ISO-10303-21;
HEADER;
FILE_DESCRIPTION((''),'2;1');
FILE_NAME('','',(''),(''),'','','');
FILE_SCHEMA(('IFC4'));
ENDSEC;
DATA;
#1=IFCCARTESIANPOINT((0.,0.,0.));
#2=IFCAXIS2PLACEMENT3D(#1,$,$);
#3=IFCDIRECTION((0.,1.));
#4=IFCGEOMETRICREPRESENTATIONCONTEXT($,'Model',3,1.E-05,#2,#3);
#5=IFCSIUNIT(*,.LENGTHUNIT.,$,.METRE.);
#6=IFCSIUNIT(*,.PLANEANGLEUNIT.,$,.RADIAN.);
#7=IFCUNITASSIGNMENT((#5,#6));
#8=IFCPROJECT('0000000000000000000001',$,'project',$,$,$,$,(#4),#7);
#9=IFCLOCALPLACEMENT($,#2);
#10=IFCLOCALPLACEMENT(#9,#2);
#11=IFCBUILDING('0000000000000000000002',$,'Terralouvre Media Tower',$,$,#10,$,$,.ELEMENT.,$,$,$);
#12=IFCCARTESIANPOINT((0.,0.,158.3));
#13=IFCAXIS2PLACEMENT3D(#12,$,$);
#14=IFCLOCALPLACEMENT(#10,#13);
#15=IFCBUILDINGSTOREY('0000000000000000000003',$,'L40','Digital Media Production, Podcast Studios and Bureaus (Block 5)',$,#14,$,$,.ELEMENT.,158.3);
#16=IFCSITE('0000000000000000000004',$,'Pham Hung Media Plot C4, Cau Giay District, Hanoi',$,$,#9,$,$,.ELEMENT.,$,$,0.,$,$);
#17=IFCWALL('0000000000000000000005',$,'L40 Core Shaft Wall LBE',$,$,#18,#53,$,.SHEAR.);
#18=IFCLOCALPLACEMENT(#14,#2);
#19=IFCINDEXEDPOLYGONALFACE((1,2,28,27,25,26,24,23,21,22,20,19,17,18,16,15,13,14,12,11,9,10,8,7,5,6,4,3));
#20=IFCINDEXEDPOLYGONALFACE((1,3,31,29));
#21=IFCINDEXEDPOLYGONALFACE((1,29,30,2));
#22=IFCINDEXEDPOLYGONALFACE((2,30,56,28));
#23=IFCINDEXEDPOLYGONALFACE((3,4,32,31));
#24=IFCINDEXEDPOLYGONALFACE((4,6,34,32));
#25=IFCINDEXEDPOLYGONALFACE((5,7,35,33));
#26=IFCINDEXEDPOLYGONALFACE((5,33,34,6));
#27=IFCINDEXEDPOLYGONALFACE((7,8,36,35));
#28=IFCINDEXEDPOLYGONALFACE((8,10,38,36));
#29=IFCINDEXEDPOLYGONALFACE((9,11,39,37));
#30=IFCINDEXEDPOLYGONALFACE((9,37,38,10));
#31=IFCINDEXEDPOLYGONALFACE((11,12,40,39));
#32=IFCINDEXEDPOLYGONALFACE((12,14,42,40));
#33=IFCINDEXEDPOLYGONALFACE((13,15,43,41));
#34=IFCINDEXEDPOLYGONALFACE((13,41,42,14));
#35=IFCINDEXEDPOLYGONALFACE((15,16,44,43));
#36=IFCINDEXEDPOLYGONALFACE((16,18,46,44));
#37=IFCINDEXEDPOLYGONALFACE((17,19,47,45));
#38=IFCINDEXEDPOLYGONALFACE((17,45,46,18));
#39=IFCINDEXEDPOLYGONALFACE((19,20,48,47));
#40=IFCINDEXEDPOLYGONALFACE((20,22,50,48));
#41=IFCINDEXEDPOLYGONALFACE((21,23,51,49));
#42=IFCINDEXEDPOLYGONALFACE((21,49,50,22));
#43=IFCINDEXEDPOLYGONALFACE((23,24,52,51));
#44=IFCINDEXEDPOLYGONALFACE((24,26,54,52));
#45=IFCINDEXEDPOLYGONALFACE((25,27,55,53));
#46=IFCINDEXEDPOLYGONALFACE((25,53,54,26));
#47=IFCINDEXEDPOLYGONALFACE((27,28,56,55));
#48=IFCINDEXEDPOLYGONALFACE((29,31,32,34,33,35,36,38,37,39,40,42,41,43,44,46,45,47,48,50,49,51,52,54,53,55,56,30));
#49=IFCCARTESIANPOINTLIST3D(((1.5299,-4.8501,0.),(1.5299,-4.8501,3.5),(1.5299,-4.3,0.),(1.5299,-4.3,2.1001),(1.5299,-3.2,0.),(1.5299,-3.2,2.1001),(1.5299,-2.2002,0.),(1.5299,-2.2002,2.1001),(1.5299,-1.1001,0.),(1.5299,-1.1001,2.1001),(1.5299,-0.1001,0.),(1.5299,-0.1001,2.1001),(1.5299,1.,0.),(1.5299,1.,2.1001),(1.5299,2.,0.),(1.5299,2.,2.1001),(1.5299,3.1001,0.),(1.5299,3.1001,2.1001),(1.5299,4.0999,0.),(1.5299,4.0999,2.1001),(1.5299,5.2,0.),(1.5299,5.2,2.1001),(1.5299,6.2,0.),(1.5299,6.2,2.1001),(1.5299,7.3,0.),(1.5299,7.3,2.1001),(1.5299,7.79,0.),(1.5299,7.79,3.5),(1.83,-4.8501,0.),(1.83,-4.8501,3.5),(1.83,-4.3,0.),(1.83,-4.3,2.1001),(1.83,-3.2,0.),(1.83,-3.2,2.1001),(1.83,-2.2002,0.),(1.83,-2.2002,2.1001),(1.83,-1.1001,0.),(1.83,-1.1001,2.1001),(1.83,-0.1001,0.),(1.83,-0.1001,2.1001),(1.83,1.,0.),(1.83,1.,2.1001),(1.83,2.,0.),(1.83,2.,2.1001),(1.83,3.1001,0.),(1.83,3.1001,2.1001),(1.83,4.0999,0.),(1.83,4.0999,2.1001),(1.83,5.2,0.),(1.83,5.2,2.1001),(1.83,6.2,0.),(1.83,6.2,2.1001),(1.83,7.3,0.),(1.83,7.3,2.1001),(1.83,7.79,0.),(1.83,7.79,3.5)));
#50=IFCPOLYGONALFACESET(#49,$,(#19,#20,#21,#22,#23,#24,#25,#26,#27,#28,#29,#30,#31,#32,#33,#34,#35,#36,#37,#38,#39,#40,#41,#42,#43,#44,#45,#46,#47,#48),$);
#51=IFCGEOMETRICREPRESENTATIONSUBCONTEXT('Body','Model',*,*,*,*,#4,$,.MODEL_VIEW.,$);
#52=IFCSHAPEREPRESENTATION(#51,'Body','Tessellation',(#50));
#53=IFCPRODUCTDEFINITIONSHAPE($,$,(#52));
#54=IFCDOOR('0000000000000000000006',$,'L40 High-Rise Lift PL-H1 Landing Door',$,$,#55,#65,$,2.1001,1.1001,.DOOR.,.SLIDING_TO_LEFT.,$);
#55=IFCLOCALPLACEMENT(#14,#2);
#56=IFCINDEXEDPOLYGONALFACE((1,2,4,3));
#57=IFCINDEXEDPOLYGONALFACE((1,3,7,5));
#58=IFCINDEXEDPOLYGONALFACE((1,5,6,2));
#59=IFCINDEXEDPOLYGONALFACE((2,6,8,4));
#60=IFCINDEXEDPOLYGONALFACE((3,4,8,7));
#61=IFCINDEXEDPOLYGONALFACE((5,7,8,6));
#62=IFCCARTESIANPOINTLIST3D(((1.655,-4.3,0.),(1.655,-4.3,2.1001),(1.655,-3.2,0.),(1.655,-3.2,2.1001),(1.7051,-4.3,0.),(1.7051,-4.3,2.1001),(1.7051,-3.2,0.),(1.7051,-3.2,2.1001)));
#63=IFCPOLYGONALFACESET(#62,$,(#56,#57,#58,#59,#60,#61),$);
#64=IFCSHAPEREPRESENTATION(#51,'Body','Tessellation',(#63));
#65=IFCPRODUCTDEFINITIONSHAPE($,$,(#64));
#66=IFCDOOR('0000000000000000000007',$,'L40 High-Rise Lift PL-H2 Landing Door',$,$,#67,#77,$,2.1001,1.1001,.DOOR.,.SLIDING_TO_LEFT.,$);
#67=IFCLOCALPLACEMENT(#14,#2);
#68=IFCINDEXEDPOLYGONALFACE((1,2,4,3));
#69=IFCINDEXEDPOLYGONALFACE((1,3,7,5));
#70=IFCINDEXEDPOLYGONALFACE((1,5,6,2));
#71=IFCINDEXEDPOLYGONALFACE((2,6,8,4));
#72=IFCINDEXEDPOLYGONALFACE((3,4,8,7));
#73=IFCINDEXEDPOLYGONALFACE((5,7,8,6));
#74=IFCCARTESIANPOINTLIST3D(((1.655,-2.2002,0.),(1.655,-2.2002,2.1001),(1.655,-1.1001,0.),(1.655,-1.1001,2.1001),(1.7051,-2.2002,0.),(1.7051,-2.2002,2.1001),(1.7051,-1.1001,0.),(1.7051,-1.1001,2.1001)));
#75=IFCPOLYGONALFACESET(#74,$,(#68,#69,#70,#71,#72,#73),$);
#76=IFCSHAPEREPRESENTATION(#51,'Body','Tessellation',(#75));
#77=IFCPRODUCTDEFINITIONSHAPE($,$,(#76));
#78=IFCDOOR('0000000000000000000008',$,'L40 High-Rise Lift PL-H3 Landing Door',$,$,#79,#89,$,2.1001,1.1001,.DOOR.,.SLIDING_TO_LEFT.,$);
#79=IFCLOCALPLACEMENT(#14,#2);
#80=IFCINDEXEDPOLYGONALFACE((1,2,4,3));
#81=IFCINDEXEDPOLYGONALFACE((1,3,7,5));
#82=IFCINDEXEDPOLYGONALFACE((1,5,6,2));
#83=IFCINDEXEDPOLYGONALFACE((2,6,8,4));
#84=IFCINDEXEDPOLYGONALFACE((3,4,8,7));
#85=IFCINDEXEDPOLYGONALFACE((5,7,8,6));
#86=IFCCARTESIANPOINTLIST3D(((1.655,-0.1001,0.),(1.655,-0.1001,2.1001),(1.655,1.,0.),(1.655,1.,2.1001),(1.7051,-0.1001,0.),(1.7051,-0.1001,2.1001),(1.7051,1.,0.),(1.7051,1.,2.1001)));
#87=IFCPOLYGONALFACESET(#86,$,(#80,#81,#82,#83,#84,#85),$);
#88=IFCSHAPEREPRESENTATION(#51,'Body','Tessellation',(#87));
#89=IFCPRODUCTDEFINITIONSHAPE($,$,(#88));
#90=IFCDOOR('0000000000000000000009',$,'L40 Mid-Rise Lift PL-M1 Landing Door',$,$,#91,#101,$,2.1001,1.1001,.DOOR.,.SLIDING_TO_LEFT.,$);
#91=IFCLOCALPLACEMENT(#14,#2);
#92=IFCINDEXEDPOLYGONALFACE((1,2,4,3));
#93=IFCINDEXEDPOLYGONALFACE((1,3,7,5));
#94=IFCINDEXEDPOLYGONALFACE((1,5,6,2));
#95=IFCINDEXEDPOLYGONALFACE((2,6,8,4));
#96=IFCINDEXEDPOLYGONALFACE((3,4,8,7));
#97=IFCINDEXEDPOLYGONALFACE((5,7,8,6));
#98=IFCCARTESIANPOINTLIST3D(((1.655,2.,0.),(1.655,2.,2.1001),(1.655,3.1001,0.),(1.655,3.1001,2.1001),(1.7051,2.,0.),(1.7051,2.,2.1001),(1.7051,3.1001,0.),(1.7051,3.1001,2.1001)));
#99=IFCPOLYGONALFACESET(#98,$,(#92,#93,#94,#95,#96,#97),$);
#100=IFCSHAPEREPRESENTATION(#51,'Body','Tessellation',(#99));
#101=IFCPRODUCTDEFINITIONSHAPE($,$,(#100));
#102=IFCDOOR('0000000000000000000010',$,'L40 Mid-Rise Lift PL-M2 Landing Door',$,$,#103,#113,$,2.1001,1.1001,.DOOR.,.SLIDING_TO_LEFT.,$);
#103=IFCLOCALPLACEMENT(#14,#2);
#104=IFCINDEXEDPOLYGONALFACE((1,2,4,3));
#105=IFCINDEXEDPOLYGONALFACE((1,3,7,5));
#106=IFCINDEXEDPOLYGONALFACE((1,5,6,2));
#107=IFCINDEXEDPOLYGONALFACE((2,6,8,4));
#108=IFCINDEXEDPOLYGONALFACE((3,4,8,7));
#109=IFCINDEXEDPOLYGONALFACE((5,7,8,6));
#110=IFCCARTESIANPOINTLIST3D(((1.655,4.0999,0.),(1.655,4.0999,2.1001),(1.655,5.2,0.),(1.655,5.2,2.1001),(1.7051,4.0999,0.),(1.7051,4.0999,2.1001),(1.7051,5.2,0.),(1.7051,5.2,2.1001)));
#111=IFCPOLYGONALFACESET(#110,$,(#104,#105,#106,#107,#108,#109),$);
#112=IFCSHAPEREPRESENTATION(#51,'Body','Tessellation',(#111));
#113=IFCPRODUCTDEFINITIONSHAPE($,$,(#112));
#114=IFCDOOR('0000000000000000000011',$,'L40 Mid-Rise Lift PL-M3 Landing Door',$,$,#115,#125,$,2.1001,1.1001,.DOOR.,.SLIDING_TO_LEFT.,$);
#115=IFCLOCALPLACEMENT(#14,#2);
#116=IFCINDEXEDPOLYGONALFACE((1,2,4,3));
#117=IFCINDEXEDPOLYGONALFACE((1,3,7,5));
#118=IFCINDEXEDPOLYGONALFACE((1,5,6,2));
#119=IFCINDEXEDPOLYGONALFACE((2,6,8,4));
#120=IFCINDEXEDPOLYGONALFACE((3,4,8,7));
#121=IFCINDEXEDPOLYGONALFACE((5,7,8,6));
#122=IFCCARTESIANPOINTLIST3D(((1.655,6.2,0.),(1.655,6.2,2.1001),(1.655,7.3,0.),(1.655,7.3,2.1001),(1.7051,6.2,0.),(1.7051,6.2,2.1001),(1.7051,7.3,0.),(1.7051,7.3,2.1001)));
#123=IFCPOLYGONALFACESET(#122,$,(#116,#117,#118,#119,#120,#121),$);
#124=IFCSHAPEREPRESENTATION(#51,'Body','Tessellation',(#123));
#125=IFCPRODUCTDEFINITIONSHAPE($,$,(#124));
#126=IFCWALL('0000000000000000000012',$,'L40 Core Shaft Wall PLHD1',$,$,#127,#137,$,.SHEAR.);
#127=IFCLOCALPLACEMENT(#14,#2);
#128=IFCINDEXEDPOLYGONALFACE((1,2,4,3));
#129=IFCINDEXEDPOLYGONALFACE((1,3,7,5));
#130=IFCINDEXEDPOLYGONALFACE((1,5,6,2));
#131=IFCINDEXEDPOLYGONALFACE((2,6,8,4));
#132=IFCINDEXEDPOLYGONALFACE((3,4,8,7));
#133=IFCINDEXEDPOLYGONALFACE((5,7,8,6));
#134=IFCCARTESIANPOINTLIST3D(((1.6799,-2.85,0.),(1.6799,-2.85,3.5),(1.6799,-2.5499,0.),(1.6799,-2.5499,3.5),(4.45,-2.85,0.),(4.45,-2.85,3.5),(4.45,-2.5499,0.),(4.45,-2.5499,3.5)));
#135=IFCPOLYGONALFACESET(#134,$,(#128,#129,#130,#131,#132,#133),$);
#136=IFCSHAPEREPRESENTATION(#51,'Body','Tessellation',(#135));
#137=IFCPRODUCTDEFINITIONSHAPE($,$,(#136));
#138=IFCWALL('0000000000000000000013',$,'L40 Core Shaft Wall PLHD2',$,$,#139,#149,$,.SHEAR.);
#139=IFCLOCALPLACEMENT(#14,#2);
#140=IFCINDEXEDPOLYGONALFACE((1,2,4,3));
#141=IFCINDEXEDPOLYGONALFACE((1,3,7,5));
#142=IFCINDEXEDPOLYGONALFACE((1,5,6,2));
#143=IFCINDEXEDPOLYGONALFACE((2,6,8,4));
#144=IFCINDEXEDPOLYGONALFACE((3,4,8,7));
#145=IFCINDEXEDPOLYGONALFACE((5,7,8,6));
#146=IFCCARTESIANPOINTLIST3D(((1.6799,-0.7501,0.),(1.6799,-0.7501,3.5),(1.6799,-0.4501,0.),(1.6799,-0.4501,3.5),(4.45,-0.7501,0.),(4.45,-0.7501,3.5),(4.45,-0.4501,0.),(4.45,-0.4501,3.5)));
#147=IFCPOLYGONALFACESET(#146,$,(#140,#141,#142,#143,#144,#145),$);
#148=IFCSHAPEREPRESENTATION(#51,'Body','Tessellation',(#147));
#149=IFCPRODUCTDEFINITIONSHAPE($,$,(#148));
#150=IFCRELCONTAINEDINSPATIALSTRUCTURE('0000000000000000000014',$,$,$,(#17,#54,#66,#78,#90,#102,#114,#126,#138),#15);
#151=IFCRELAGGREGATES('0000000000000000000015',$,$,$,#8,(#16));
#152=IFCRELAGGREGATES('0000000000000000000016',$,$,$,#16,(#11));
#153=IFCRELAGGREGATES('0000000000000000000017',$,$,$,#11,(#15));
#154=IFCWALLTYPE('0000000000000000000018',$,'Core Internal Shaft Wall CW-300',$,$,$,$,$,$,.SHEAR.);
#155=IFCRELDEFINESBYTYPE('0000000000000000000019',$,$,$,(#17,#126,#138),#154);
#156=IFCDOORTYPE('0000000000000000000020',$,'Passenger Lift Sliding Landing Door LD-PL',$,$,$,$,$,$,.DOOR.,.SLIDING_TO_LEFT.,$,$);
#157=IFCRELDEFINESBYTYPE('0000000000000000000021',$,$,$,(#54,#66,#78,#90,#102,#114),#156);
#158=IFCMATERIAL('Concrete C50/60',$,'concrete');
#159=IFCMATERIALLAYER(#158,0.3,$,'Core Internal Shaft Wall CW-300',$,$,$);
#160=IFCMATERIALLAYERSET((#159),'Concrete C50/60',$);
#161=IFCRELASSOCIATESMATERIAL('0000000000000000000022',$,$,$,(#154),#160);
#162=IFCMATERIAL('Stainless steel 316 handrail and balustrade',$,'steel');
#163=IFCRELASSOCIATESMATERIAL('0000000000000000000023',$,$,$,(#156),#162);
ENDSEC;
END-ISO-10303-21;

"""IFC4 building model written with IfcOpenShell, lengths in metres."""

from ifc_helpers import new_model, si_unit, direction, frame, frame_2d, origin, place, context, subcontext, project, spatial, rectangle, extrude, material, layer, layer_set, type_object, element, fill, save


model = new_model("IFC4")

# Units and contexts
model_context = context("Model", 3, precision=1e-05, world=origin(), true_north=direction((0.0, 1.0)))
body_context = subcontext(model_context, "Body", "Model", "MODEL_VIEW")
ifc_project = project(units=[si_unit("LENGTHUNIT", "METRE"), si_unit("PLANEANGLEUNIT", "RADIAN")], contexts=[model_context])

# Site, building, storey
site_placement = place(None, origin())
site = spatial("IfcSite", under=ifc_project, at=site_placement, Name="Pham Hung Media Plot C4, Cau Giay District, Hanoi", CompositionType="ELEMENT", RefElevation=0.0)
building_placement = place(site_placement, origin())
building = spatial("IfcBuilding", under=site, at=building_placement, Name="Terralouvre Media Tower", CompositionType="ELEMENT")
storey_placement = place(building_placement, frame((0.0, 0.0, 158.3)))
storey = spatial("IfcBuildingStorey", under=building, at=storey_placement, Name="L40", Description="Digital Media Production, Podcast Studios and Bureaus (Block 5)", CompositionType="ELEMENT", Elevation=158.3)

# Shared definitions
ifc_material_1 = material(Name="Concrete C50/60", Category="concrete")
ifc_layer_1 = layer(ifc_material_1, 0.3, Name="Core Internal Shaft Wall CW-300")
ifc_layer_set_1 = layer_set([ifc_layer_1], Name="Concrete C50/60")
wall_type_1 = type_object("IfcWallType", Name="Core Internal Shaft Wall CW-300", PredefinedType="SHEAR", material=ifc_layer_set_1)

# Wall, openings, doors
wall_1_placement = place(storey_placement, frame((1.6799, -4.8501, 0.0), z_axis=(0.0, 0.0, 1.0), x_axis=(0.0, 1.0, 0.0)))
wall_1 = element("IfcWall", 1, at=wall_1_placement, inside=storey, type_object=wall_type_1, Name="L40 Core Shaft Wall LBE", PredefinedType="SHEAR", context=body_context, shape_type="SweptSolid", body=[
    extrude(rectangle(XDim=12.6401, YDim=0.3, at=frame_2d((6.3201, 0.0))), origin(), (0.0, 0.0, 1.0), 3.5),
])
opening_1_placement = place(wall_1_placement, frame((0.55, 0.0, 0.0)))
opening_1 = element("IfcOpeningElement", 2, at=opening_1_placement, cuts=wall_1, PredefinedType="OPENING", context=body_context, shape_type="SweptSolid", body=[
    extrude(rectangle(XDim=1.1001, YDim=2.1001, at=frame_2d((0.55, 1.05))), frame((0.0, 0.1599, 0.0), z_axis=(0.0, -1.0, 0.0), x_axis=(1.0, 0.0, 0.0)), (0.0, 0.0, 1.0), 0.3201),
])
opening_2_placement = place(wall_1_placement, frame((2.6499, 0.0, 0.0)))
opening_2 = element("IfcOpeningElement", 3, at=opening_2_placement, cuts=wall_1, PredefinedType="OPENING", context=body_context, shape_type="SweptSolid", body=[
    extrude(rectangle(XDim=1.1001, YDim=2.1001, at=frame_2d((0.55, 1.05))), frame((0.0, 0.1599, 0.0), z_axis=(0.0, -1.0, 0.0), x_axis=(1.0, 0.0, 0.0)), (0.0, 0.0, 1.0), 0.3201),
])
opening_3_placement = place(wall_1_placement, frame((4.75, 0.0, 0.0)))
opening_3 = element("IfcOpeningElement", 4, at=opening_3_placement, cuts=wall_1, PredefinedType="OPENING", context=body_context, shape_type="SweptSolid", body=[
    extrude(rectangle(XDim=1.1001, YDim=2.1001, at=frame_2d((0.55, 1.05))), frame((0.0, 0.1599, 0.0), z_axis=(0.0, -1.0, 0.0), x_axis=(1.0, 0.0, 0.0)), (0.0, 0.0, 1.0), 0.3201),
])
opening_4_placement = place(wall_1_placement, frame((6.8501, 0.0, 0.0)))
opening_4 = element("IfcOpeningElement", 5, at=opening_4_placement, cuts=wall_1, PredefinedType="OPENING", context=body_context, shape_type="SweptSolid", body=[
    extrude(rectangle(XDim=1.1001, YDim=2.1001, at=frame_2d((0.55, 1.05))), frame((0.0, 0.1599, 0.0), z_axis=(0.0, -1.0, 0.0), x_axis=(1.0, 0.0, 0.0)), (0.0, 0.0, 1.0), 0.3201),
])
opening_5_placement = place(wall_1_placement, frame((8.95, 0.0, 0.0)))
opening_5 = element("IfcOpeningElement", 6, at=opening_5_placement, cuts=wall_1, PredefinedType="OPENING", context=body_context, shape_type="SweptSolid", body=[
    extrude(rectangle(XDim=1.1001, YDim=2.1001, at=frame_2d((0.55, 1.05))), frame((0.0, 0.1599, 0.0), z_axis=(0.0, -1.0, 0.0), x_axis=(1.0, 0.0, 0.0)), (0.0, 0.0, 1.0), 0.3201),
])
opening_6_placement = place(wall_1_placement, frame((11.05, 0.0, 0.0)))
opening_6 = element("IfcOpeningElement", 7, at=opening_6_placement, cuts=wall_1, PredefinedType="OPENING", context=body_context, shape_type="SweptSolid", body=[
    extrude(rectangle(XDim=1.1001, YDim=2.1001, at=frame_2d((0.55, 1.05))), frame((0.0, 0.1599, 0.0), z_axis=(0.0, -1.0, 0.0), x_axis=(1.0, 0.0, 0.0)), (0.0, 0.0, 1.0), 0.3201),
])
ifc_material_2 = material(Name="Stainless steel 316 handrail and balustrade", Category="steel")
door_type_1 = type_object("IfcDoorType", Name="Passenger Lift Sliding Landing Door LD-PL", OperationType="SLIDING_TO_LEFT", PredefinedType="DOOR", material=ifc_material_2)
door_1_placement = place(opening_1_placement, origin())
door_1 = element("IfcDoor", 8, at=door_1_placement, inside=storey, type_object=door_type_1, Name="L40 High-Rise Lift PL-H1 Landing Door", OperationType="SLIDING_TO_LEFT", OverallHeight=2.1001, OverallWidth=1.1001, PredefinedType="DOOR", context=body_context, shape_type="SweptSolid", body=[
    extrude(rectangle(XDim=1.1001, YDim=2.1001, at=frame_2d((0.55, 1.05))), frame((0.0, 0.0249, 0.0), z_axis=(0.0, -1.0, 0.0), x_axis=(1.0, 0.0, 0.0)), (0.0, 0.0, 1.0), 0.05),
])
fill(opening_1, door_1)
door_2_placement = place(opening_2_placement, origin())
door_2 = element("IfcDoor", 9, at=door_2_placement, inside=storey, type_object=door_type_1, Name="L40 High-Rise Lift PL-H2 Landing Door", OperationType="SLIDING_TO_LEFT", OverallHeight=2.1001, OverallWidth=1.1001, PredefinedType="DOOR", context=body_context, shape_type="SweptSolid", body=[
    extrude(rectangle(XDim=1.1001, YDim=2.1001, at=frame_2d((0.55, 1.05))), frame((0.0, 0.0249, 0.0), z_axis=(0.0, -1.0, 0.0), x_axis=(1.0, 0.0, 0.0)), (0.0, 0.0, 1.0), 0.05),
])
fill(opening_2, door_2)
door_3_placement = place(opening_3_placement, origin())
door_3 = element("IfcDoor", 10, at=door_3_placement, inside=storey, type_object=door_type_1, Name="L40 High-Rise Lift PL-H3 Landing Door", OperationType="SLIDING_TO_LEFT", OverallHeight=2.1001, OverallWidth=1.1001, PredefinedType="DOOR", context=body_context, shape_type="SweptSolid", body=[
    extrude(rectangle(XDim=1.1001, YDim=2.1001, at=frame_2d((0.55, 1.05))), frame((0.0, 0.0249, 0.0), z_axis=(0.0, -1.0, 0.0), x_axis=(1.0, 0.0, 0.0)), (0.0, 0.0, 1.0), 0.05),
])
fill(opening_3, door_3)
door_4_placement = place(opening_4_placement, origin())
door_4 = element("IfcDoor", 11, at=door_4_placement, inside=storey, type_object=door_type_1, Name="L40 Mid-Rise Lift PL-M1 Landing Door", OperationType="SLIDING_TO_LEFT", OverallHeight=2.1001, OverallWidth=1.1001, PredefinedType="DOOR", context=body_context, shape_type="SweptSolid", body=[
    extrude(rectangle(XDim=1.1001, YDim=2.1001, at=frame_2d((0.55, 1.05))), frame((0.0, 0.0249, 0.0), z_axis=(0.0, -1.0, 0.0), x_axis=(1.0, 0.0, 0.0)), (0.0, 0.0, 1.0), 0.05),
])
fill(opening_4, door_4)
door_5_placement = place(opening_5_placement, origin())
door_5 = element("IfcDoor", 12, at=door_5_placement, inside=storey, type_object=door_type_1, Name="L40 Mid-Rise Lift PL-M2 Landing Door", OperationType="SLIDING_TO_LEFT", OverallHeight=2.1001, OverallWidth=1.1001, PredefinedType="DOOR", context=body_context, shape_type="SweptSolid", body=[
    extrude(rectangle(XDim=1.1001, YDim=2.1001, at=frame_2d((0.55, 1.05))), frame((0.0, 0.0249, 0.0), z_axis=(0.0, -1.0, 0.0), x_axis=(1.0, 0.0, 0.0)), (0.0, 0.0, 1.0), 0.05),
])
fill(opening_5, door_5)
door_6_placement = place(opening_6_placement, origin())
door_6 = element("IfcDoor", 13, at=door_6_placement, inside=storey, type_object=door_type_1, Name="L40 Mid-Rise Lift PL-M3 Landing Door", OperationType="SLIDING_TO_LEFT", OverallHeight=2.1001, OverallWidth=1.1001, PredefinedType="DOOR", context=body_context, shape_type="SweptSolid", body=[
    extrude(rectangle(XDim=1.1001, YDim=2.1001, at=frame_2d((0.55, 1.05))), frame((0.0, 0.0249, 0.0), z_axis=(0.0, -1.0, 0.0), x_axis=(1.0, 0.0, 0.0)), (0.0, 0.0, 1.0), 0.05),
])
fill(opening_6, door_6)

# Walls
for number, where, z_axis, x_axis, name in (
    (14, (1.6799, -2.7, 0.0), (0.0, 0.0, 1.0), (1.0, 0.0, 0.0), "L40 Core Shaft Wall PLHD1"),
    (15, (1.6799, -0.6001, 0.0), (0.0, 0.0, 1.0), (1.0, 0.0, 0.0), "L40 Core Shaft Wall PLHD2"),
):
    element("IfcWall", number, at=place(storey_placement, frame(where, z_axis=z_axis, x_axis=x_axis)), inside=storey, type_object=wall_type_1, Name=name, PredefinedType="SHEAR", context=body_context, shape_type="SweptSolid", body=[
        extrude(rectangle(XDim=2.77, YDim=0.3, at=frame_2d((1.385, 0.0))), origin(), (0.0, 0.0, 1.0), 3.5),
    ])

save(model, "model.ifc")
